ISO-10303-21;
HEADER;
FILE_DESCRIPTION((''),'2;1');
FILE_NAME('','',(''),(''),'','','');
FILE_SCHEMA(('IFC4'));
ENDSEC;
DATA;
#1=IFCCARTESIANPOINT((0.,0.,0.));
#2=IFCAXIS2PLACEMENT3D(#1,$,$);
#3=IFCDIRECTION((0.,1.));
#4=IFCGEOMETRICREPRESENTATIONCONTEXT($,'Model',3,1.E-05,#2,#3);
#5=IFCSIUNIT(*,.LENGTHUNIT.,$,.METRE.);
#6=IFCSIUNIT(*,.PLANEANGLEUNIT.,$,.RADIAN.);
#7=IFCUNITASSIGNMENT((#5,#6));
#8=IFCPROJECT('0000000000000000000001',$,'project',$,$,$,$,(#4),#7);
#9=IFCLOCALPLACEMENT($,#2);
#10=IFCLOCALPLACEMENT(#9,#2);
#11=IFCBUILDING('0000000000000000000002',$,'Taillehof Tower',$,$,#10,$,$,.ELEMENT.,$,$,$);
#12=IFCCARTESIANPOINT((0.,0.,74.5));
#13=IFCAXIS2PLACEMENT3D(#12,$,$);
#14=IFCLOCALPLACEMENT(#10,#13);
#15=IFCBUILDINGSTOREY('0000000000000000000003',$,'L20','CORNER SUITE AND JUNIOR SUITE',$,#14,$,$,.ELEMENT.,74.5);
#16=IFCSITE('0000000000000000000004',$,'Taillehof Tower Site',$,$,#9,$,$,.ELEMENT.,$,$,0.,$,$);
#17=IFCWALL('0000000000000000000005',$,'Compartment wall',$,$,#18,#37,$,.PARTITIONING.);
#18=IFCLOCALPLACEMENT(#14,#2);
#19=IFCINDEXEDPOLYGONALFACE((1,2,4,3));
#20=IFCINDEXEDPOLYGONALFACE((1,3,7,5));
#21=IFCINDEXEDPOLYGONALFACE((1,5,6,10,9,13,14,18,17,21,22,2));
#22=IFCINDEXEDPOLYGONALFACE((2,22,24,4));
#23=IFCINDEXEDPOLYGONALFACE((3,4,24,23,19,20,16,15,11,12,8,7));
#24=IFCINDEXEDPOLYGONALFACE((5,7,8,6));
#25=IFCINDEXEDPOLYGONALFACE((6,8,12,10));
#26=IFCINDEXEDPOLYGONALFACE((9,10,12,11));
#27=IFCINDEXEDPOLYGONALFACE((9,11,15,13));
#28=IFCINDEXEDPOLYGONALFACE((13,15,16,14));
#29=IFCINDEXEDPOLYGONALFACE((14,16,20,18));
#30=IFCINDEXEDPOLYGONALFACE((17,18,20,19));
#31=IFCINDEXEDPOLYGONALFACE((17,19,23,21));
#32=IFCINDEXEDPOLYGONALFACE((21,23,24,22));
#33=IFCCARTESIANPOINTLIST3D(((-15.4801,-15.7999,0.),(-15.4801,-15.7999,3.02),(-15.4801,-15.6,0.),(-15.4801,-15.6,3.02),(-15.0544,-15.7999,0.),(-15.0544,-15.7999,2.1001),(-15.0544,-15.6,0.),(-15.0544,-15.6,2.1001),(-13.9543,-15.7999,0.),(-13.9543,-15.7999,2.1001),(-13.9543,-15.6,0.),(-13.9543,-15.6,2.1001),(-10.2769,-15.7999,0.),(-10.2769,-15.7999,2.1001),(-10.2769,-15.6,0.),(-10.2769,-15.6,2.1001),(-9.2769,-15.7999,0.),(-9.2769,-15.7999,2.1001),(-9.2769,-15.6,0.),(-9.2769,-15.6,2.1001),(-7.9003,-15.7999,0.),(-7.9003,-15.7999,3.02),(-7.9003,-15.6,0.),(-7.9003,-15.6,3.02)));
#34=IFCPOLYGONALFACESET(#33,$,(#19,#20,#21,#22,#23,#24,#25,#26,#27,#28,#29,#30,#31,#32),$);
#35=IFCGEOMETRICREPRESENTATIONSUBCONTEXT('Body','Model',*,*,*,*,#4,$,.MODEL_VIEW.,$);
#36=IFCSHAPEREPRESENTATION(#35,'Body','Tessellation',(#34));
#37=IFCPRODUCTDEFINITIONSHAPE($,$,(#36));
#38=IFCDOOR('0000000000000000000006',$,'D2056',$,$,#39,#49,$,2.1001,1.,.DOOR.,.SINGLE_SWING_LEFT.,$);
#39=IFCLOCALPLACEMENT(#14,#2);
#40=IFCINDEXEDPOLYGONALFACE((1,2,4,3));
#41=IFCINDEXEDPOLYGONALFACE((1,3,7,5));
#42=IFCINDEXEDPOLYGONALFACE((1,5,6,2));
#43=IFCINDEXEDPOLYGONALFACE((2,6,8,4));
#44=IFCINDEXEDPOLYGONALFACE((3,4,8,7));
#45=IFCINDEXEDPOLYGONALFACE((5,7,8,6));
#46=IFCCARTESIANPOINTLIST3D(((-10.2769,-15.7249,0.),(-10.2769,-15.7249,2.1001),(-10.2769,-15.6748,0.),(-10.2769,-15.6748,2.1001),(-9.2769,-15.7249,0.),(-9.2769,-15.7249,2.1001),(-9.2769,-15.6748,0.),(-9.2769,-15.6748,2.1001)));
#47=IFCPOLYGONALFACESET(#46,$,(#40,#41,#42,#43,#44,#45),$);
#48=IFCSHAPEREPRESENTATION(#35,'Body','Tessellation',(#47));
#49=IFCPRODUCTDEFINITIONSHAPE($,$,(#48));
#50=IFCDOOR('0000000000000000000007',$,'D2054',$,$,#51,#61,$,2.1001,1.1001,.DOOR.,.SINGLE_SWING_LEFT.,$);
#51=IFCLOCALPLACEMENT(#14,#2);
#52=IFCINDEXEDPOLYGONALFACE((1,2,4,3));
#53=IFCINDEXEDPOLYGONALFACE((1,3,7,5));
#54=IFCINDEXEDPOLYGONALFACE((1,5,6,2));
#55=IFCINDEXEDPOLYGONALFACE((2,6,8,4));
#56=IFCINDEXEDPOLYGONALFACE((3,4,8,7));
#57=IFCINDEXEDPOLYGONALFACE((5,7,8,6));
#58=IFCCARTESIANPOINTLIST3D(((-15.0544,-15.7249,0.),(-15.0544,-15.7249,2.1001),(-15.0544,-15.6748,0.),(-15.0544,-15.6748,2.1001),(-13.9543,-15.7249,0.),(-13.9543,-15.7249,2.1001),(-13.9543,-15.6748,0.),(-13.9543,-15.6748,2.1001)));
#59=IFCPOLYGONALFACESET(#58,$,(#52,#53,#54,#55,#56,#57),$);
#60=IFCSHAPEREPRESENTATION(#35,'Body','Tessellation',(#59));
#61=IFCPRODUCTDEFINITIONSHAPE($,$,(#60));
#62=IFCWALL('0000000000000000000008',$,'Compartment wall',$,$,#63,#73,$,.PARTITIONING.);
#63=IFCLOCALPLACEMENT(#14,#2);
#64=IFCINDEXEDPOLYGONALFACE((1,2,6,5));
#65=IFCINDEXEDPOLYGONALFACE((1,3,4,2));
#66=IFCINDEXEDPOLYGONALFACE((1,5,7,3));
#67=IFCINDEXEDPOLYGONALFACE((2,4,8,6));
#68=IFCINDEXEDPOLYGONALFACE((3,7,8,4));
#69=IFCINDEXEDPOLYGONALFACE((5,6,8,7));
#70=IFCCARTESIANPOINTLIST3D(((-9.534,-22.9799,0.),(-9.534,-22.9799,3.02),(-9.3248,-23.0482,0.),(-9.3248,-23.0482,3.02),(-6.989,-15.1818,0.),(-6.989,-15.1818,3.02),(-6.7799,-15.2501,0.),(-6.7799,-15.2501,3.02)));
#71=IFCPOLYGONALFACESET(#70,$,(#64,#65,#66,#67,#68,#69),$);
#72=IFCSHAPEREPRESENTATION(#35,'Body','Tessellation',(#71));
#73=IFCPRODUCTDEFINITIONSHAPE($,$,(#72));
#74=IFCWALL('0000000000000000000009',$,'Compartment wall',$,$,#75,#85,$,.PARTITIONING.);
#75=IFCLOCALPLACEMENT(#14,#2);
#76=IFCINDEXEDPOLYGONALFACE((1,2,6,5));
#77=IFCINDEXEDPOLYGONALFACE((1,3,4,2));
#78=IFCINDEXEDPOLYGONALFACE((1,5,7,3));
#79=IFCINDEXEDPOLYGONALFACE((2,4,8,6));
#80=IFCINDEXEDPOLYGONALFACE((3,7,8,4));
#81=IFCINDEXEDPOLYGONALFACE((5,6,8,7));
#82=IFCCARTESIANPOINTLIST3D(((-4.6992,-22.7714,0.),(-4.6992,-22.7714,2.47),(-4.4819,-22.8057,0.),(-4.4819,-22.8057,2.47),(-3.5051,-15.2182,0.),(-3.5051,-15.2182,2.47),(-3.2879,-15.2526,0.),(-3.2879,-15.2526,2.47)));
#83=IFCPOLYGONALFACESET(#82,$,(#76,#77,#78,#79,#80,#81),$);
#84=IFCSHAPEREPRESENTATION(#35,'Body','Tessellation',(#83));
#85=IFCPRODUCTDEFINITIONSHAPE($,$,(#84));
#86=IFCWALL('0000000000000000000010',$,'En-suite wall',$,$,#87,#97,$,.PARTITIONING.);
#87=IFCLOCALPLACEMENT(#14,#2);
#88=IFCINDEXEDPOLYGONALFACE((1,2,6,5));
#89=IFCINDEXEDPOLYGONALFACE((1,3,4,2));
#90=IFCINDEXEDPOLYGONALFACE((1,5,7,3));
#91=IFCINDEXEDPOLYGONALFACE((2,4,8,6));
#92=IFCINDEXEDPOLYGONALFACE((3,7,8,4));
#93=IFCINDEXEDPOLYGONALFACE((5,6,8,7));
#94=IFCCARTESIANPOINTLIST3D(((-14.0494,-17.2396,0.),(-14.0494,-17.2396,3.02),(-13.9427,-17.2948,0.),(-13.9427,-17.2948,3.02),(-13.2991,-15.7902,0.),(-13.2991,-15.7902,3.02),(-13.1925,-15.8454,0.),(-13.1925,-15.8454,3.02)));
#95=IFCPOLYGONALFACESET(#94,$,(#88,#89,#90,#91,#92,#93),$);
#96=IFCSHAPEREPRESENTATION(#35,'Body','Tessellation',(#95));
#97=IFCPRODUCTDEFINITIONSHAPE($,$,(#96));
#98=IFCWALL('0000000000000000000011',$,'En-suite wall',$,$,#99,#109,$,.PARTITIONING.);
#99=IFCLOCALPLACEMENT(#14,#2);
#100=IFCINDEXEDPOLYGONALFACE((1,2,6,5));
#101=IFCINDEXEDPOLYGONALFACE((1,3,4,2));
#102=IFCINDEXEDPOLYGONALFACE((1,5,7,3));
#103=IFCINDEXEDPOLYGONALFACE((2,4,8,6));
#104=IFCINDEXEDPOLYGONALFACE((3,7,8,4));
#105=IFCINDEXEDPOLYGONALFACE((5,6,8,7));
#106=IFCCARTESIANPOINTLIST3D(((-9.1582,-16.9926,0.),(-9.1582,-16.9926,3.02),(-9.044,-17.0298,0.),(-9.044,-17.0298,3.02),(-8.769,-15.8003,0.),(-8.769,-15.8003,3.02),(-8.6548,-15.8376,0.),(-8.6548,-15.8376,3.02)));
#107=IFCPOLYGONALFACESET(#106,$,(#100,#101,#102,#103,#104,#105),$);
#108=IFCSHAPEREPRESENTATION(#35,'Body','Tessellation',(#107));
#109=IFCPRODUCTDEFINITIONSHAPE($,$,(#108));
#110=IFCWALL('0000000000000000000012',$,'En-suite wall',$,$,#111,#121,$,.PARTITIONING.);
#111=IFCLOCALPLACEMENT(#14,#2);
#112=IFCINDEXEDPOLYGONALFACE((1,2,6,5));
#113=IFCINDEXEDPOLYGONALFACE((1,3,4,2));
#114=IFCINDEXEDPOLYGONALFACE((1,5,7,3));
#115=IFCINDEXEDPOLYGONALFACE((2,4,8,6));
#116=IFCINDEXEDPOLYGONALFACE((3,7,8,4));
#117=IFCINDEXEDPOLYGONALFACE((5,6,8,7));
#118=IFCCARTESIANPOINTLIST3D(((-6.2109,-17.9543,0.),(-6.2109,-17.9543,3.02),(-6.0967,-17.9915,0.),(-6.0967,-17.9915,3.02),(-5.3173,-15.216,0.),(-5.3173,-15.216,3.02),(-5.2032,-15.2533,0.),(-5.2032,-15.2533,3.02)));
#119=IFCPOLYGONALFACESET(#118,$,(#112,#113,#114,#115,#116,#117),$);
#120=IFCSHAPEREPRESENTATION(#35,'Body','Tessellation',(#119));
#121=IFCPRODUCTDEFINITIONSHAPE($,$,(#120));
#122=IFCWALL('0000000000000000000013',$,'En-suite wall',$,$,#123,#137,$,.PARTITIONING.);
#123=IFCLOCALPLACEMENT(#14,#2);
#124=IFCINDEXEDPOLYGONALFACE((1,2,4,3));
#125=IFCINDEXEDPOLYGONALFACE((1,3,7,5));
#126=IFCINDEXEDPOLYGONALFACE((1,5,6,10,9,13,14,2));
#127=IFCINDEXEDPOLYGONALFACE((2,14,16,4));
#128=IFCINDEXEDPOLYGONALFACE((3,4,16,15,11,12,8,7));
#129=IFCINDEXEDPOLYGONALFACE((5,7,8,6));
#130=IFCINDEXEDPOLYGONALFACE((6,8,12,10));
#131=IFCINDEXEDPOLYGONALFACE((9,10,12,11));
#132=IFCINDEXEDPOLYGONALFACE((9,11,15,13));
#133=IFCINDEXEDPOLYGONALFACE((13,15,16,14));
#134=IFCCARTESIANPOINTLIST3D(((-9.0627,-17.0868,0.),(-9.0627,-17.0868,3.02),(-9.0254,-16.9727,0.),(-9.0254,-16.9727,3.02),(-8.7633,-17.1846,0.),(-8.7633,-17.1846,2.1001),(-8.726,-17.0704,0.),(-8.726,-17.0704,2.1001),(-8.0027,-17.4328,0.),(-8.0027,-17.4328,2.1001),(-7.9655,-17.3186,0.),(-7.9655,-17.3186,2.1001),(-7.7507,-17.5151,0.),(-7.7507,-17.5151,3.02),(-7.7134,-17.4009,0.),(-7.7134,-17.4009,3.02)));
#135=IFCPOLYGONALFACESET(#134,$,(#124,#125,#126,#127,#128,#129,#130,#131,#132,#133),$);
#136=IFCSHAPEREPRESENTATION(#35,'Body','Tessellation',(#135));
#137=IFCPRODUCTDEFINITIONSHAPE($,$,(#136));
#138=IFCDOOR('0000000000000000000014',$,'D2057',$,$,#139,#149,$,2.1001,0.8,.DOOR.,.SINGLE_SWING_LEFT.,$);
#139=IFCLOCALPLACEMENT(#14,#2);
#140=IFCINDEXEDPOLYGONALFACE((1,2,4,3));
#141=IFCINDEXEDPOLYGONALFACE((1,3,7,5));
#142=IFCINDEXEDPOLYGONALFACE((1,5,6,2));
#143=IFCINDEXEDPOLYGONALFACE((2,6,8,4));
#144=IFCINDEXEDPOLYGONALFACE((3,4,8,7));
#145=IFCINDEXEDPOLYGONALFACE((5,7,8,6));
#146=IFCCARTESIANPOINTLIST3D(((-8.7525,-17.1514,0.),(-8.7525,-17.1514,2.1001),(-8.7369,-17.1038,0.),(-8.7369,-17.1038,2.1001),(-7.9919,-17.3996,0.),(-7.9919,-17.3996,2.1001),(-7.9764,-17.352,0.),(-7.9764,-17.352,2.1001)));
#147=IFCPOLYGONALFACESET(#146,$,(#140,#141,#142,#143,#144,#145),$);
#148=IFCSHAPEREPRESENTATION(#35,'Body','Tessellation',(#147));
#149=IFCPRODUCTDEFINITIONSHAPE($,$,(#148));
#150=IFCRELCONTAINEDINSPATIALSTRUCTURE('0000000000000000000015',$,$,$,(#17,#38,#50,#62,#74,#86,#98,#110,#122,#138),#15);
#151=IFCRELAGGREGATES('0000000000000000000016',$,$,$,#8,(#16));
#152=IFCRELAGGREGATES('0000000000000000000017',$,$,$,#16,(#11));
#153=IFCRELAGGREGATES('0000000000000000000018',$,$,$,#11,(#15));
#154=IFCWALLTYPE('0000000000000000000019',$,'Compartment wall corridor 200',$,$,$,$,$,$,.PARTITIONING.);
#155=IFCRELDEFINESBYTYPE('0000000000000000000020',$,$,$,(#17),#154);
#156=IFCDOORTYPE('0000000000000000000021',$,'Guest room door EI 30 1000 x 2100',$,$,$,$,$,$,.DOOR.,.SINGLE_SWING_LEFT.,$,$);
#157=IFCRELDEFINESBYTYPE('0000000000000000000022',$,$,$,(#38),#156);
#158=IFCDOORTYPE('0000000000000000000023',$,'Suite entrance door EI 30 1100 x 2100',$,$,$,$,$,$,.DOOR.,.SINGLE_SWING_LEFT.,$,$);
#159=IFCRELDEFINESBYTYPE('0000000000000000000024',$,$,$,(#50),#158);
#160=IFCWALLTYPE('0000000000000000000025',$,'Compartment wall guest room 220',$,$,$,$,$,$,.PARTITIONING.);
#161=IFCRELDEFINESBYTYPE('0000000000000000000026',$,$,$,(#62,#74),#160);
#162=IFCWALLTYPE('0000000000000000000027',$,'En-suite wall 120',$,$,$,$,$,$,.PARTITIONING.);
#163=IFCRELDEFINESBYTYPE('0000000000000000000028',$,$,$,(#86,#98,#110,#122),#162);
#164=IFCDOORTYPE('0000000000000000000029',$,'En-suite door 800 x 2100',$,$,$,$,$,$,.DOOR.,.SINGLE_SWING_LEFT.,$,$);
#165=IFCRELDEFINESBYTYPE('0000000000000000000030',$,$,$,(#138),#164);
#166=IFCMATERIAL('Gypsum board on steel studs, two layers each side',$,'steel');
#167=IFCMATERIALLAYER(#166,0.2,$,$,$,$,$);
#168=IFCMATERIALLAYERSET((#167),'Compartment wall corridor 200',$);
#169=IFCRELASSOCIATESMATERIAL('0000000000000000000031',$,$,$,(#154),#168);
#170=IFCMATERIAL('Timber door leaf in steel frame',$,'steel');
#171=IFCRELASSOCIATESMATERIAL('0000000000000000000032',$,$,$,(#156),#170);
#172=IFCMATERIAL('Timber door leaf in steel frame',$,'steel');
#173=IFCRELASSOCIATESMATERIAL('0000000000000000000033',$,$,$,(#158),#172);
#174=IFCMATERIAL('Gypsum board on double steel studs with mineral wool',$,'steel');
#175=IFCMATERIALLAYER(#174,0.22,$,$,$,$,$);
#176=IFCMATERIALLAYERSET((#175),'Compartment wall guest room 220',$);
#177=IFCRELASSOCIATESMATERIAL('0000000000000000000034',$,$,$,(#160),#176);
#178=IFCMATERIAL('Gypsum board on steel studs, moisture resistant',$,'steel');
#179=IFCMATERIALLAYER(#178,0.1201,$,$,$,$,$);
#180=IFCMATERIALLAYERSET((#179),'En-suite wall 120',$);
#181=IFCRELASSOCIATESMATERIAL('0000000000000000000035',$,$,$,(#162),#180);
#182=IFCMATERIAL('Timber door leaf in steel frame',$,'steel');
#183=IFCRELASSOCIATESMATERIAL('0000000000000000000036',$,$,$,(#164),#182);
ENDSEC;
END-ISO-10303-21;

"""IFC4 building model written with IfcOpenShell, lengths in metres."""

from ifc_helpers import new_model, si_unit, direction, frame, frame_2d, origin, place, context, subcontext, project, spatial, rectangle, extrude, material, layer, layer_set, type_object, element, fill, save


model = new_model("IFC4")

# Units and contexts
model_context = context("Model", 3, precision=1e-05, world=origin(), true_north=direction((0.0, 1.0)))
body_context = subcontext(model_context, "Body", "Model", "MODEL_VIEW")
ifc_project = project(units=[si_unit("LENGTHUNIT", "METRE"), si_unit("PLANEANGLEUNIT", "RADIAN")], contexts=[model_context])

# Site, building, storey
site_placement = place(None, origin())
site = spatial("IfcSite", under=ifc_project, at=site_placement, Name="Taillehof Tower Site", CompositionType="ELEMENT", RefElevation=0.0)
building_placement = place(site_placement, origin())
building = spatial("IfcBuilding", under=site, at=building_placement, Name="Taillehof Tower", CompositionType="ELEMENT")
storey_placement = place(building_placement, frame((0.0, 0.0, 74.5)))
storey = spatial("IfcBuildingStorey", under=building, at=storey_placement, Name="L20", Description="CORNER SUITE AND JUNIOR SUITE", CompositionType="ELEMENT", Elevation=74.5)

# Shared definitions
ifc_material_1 = material(Name="Gypsum board on steel studs, two layers each side", Category="steel")
ifc_layer_1 = layer(ifc_material_1, 0.2)
ifc_layer_set_1 = layer_set([ifc_layer_1], Name="Compartment wall corridor 200")
wall_type_1 = type_object("IfcWallType", Name="Compartment wall corridor 200", PredefinedType="PARTITIONING", material=ifc_layer_set_1)

# Wall, openings, doors
wall_1_placement = place(storey_placement, frame((-7.9001, -15.7, 0.0), z_axis=(0.0, 0.0, 1.0), x_axis=(-1.0, 0.0, 0.0)))
wall_1 = element("IfcWall", 1, at=wall_1_placement, inside=storey, type_object=wall_type_1, Name="Compartment wall", PredefinedType="PARTITIONING", context=body_context, shape_type="SweptSolid", body=[
    extrude(rectangle(XDim=7.5798, YDim=0.2, at=frame_2d((3.79, 0.0))), origin(), (0.0, 0.0, 1.0), 3.02),
])
opening_1_placement = place(wall_1_placement, frame((6.0542, 0.0, 0.0)))
opening_1 = element("IfcOpeningElement", 2, at=opening_1_placement, cuts=wall_1, PredefinedType="OPENING", context=body_context, shape_type="SweptSolid", body=[
    extrude(rectangle(XDim=1.1001, YDim=2.1001, at=frame_2d((0.55, 1.05))), frame((0.0, 0.1099, 0.0), z_axis=(0.0, -1.0, 0.0), x_axis=(1.0, 0.0, 0.0)), (0.0, 0.0, 1.0), 0.22),
])
opening_2_placement = place(wall_1_placement, frame((1.3767, 0.0, 0.0)))
opening_2 = element("IfcOpeningElement", 3, at=opening_2_placement, cuts=wall_1, PredefinedType="OPENING", context=body_context, shape_type="SweptSolid", body=[
    extrude(rectangle(XDim=1.0, YDim=2.1001, at=frame_2d((0.5, 1.05))), frame((0.0, 0.1099, 0.0), z_axis=(0.0, -1.0, 0.0), x_axis=(1.0, 0.0, 0.0)), (0.0, 0.0, 1.0), 0.22),
])
ifc_material_2 = material(Name="Timber door leaf in steel frame", Category="steel")
door_type_1 = type_object("IfcDoorType", Name="Guest room door EI 30 1000 x 2100", OperationType="SINGLE_SWING_LEFT", PredefinedType="DOOR", material=ifc_material_2)
door_1_placement = place(opening_2_placement, origin())
door_1 = element("IfcDoor", 4, at=door_1_placement, inside=storey, type_object=door_type_1, Name="D2056", OperationType="SINGLE_SWING_LEFT", OverallHeight=2.1001, OverallWidth=1.0, PredefinedType="DOOR", context=body_context, shape_type="SweptSolid", body=[
    extrude(rectangle(XDim=1.0, YDim=2.1001, at=frame_2d((0.5, 1.05))), frame((0.0, 0.0249, 0.0), z_axis=(0.0, -1.0, 0.0), x_axis=(1.0, 0.0, 0.0)), (0.0, 0.0, 1.0), 0.05),
])
fill(opening_2, door_1)
ifc_material_3 = material(Name="Timber door leaf in steel frame", Category="steel")
door_type_2 = type_object("IfcDoorType", Name="Suite entrance door EI 30 1100 x 2100", OperationType="SINGLE_SWING_LEFT", PredefinedType="DOOR", material=ifc_material_3)
door_2_placement = place(opening_1_placement, origin())
door_2 = element("IfcDoor", 5, at=door_2_placement, inside=storey, type_object=door_type_2, Name="D2054", OperationType="SINGLE_SWING_LEFT", OverallHeight=2.1001, OverallWidth=1.1001, PredefinedType="DOOR", context=body_context, shape_type="SweptSolid", body=[
    extrude(rectangle(XDim=1.1001, YDim=2.1001, at=frame_2d((0.55, 1.05))), frame((0.0, 0.0249, 0.0), z_axis=(0.0, -1.0, 0.0), x_axis=(1.0, 0.0, 0.0)), (0.0, 0.0, 1.0), 0.05),
])
fill(opening_1, door_2)

# Walls
ifc_material_4 = material(Name="Gypsum board on double steel studs with mineral wool", Category="steel")
ifc_layer_2 = layer(ifc_material_4, 0.22)
ifc_layer_set_2 = layer_set([ifc_layer_2], Name="Compartment wall guest room 220")
wall_type_2 = type_object("IfcWallType", Name="Compartment wall guest room 220", PredefinedType="PARTITIONING", material=ifc_layer_set_2)
wall_2_placement = place(storey_placement, frame((-9.4294, -23.0142, 0.0), z_axis=(0.0, 0.0, 1.0), x_axis=(0.310248, 0.950656, 0.0)))
element("IfcWall", 6, at=wall_2_placement, inside=storey, type_object=wall_type_2, Name="Compartment wall", PredefinedType="PARTITIONING", context=body_context, shape_type="SweptSolid", body=[
    extrude(rectangle(XDim=8.2029, YDim=0.22, at=frame_2d((4.1016, 0.0))), origin(), (0.0, 0.0, 1.0), 3.02),
])
wall_3_placement = place(storey_placement, frame((-4.5906, -22.7886, 0.0), z_axis=(0.0, 0.0, 1.0), x_axis=(0.156151, 0.987733, 0.0)))
element("IfcWall", 7, at=wall_3_placement, inside=storey, type_object=wall_type_2, Name="Compartment wall", PredefinedType="PARTITIONING", context=body_context, shape_type="SweptSolid", body=[
    extrude(rectangle(XDim=7.647, YDim=0.22, at=frame_2d((3.8235, 0.0))), origin(), (0.0, 0.0, 1.0), 2.47),
])
ifc_material_5 = material(Name="Gypsum board on steel studs, moisture resistant", Category="steel")
ifc_layer_3 = layer(ifc_material_5, 0.1201)
ifc_layer_set_3 = layer_set([ifc_layer_3], Name="En-suite wall 120")
wall_type_3 = type_object("IfcWallType", Name="En-suite wall 120", PredefinedType="PARTITIONING", material=ifc_layer_set_3)
wall_4_placement = place(storey_placement, frame((-13.2458, -15.8179, 0.0), z_axis=(0.0, 0.0, 1.0), x_axis=(-0.459675, -0.888087, 0.0)))
element("IfcWall", 8, at=wall_4_placement, inside=storey, type_object=wall_type_3, Name="En-suite wall", PredefinedType="PARTITIONING", context=body_context, shape_type="SweptSolid", body=[
    extrude(rectangle(XDim=1.6321, YDim=0.1201, at=frame_2d((0.8159, 0.0))), origin(), (0.0, 0.0, 1.0), 3.02),
])
wall_5_placement = place(storey_placement, frame((-8.7119, -15.8191, 0.0), z_axis=(0.0, 0.0, 1.0), x_axis=(-0.310323, -0.950631, 0.0)))
element("IfcWall", 9, at=wall_5_placement, inside=storey, type_object=wall_type_3, Name="En-suite wall", PredefinedType="PARTITIONING", context=body_context, shape_type="SweptSolid", body=[
    extrude(rectangle(XDim=1.2542, YDim=0.1201, at=frame_2d((0.627, 0.0))), origin(), (0.0, 0.0, 1.0), 3.02),
])
wall_6_placement = place(storey_placement, frame((-5.2603, -15.2346, 0.0), z_axis=(0.0, 0.0, 1.0), x_axis=(-0.31022, -0.950665, 0.0)))
element("IfcWall", 10, at=wall_6_placement, inside=storey, type_object=wall_type_3, Name="En-suite wall", PredefinedType="PARTITIONING", context=body_context, shape_type="SweptSolid", body=[
    extrude(rectangle(XDim=2.8804, YDim=0.1201, at=frame_2d((1.4402, 0.0))), origin(), (0.0, 0.0, 1.0), 3.02),
])

# Wall, opening, door
wall_7_placement = place(storey_placement, frame((-9.0439, -17.0298, 0.0), z_axis=(0.0, 0.0, 1.0), x_axis=(0.950646, -0.310278, 0.0)))
wall_7 = element("IfcWall", 11, at=wall_7_placement, inside=storey, type_object=wall_type_3, Name="En-suite wall", PredefinedType="PARTITIONING", context=body_context, shape_type="SweptSolid", body=[
    extrude(rectangle(XDim=1.3801, YDim=0.1201, at=frame_2d((0.6899, 0.0))), origin(), (0.0, 0.0, 1.0), 3.02),
])
opening_3_placement = place(wall_7_placement, frame((0.3149, 0.0, 0.0)))
opening_3 = element("IfcOpeningElement", 12, at=opening_3_placement, cuts=wall_7, PredefinedType="OPENING", context=body_context, shape_type="SweptSolid", body=[
    extrude(rectangle(XDim=0.8, YDim=2.1001, at=frame_2d((0.3999, 1.05))), frame((0.0, 0.0701, 0.0), z_axis=(0.0, -1.0, 0.0), x_axis=(1.0, 0.0, 0.0)), (0.0, 0.0, 1.0), 0.1401),
])
ifc_material_6 = material(Name="Timber door leaf in steel frame", Category="steel")
door_type_3 = type_object("IfcDoorType", Name="En-suite door 800 x 2100", OperationType="SINGLE_SWING_LEFT", PredefinedType="DOOR", material=ifc_material_6)
door_3_placement = place(opening_3_placement, origin())
door_3 = element("IfcDoor", 13, at=door_3_placement, inside=storey, type_object=door_type_3, Name="D2057", OperationType="SINGLE_SWING_LEFT", OverallHeight=2.1001, OverallWidth=0.8, PredefinedType="DOOR", context=body_context, shape_type="SweptSolid", body=[
    extrude(rectangle(XDim=0.8, YDim=2.1001, at=frame_2d((0.3999, 1.05))), frame((0.0, 0.0249, 0.0), z_axis=(0.0, -1.0, 0.0), x_axis=(1.0, 0.0, 0.0)), (0.0, 0.0, 1.0), 0.05),
])
fill(opening_3, door_3)

save(model, "model.ifc")
